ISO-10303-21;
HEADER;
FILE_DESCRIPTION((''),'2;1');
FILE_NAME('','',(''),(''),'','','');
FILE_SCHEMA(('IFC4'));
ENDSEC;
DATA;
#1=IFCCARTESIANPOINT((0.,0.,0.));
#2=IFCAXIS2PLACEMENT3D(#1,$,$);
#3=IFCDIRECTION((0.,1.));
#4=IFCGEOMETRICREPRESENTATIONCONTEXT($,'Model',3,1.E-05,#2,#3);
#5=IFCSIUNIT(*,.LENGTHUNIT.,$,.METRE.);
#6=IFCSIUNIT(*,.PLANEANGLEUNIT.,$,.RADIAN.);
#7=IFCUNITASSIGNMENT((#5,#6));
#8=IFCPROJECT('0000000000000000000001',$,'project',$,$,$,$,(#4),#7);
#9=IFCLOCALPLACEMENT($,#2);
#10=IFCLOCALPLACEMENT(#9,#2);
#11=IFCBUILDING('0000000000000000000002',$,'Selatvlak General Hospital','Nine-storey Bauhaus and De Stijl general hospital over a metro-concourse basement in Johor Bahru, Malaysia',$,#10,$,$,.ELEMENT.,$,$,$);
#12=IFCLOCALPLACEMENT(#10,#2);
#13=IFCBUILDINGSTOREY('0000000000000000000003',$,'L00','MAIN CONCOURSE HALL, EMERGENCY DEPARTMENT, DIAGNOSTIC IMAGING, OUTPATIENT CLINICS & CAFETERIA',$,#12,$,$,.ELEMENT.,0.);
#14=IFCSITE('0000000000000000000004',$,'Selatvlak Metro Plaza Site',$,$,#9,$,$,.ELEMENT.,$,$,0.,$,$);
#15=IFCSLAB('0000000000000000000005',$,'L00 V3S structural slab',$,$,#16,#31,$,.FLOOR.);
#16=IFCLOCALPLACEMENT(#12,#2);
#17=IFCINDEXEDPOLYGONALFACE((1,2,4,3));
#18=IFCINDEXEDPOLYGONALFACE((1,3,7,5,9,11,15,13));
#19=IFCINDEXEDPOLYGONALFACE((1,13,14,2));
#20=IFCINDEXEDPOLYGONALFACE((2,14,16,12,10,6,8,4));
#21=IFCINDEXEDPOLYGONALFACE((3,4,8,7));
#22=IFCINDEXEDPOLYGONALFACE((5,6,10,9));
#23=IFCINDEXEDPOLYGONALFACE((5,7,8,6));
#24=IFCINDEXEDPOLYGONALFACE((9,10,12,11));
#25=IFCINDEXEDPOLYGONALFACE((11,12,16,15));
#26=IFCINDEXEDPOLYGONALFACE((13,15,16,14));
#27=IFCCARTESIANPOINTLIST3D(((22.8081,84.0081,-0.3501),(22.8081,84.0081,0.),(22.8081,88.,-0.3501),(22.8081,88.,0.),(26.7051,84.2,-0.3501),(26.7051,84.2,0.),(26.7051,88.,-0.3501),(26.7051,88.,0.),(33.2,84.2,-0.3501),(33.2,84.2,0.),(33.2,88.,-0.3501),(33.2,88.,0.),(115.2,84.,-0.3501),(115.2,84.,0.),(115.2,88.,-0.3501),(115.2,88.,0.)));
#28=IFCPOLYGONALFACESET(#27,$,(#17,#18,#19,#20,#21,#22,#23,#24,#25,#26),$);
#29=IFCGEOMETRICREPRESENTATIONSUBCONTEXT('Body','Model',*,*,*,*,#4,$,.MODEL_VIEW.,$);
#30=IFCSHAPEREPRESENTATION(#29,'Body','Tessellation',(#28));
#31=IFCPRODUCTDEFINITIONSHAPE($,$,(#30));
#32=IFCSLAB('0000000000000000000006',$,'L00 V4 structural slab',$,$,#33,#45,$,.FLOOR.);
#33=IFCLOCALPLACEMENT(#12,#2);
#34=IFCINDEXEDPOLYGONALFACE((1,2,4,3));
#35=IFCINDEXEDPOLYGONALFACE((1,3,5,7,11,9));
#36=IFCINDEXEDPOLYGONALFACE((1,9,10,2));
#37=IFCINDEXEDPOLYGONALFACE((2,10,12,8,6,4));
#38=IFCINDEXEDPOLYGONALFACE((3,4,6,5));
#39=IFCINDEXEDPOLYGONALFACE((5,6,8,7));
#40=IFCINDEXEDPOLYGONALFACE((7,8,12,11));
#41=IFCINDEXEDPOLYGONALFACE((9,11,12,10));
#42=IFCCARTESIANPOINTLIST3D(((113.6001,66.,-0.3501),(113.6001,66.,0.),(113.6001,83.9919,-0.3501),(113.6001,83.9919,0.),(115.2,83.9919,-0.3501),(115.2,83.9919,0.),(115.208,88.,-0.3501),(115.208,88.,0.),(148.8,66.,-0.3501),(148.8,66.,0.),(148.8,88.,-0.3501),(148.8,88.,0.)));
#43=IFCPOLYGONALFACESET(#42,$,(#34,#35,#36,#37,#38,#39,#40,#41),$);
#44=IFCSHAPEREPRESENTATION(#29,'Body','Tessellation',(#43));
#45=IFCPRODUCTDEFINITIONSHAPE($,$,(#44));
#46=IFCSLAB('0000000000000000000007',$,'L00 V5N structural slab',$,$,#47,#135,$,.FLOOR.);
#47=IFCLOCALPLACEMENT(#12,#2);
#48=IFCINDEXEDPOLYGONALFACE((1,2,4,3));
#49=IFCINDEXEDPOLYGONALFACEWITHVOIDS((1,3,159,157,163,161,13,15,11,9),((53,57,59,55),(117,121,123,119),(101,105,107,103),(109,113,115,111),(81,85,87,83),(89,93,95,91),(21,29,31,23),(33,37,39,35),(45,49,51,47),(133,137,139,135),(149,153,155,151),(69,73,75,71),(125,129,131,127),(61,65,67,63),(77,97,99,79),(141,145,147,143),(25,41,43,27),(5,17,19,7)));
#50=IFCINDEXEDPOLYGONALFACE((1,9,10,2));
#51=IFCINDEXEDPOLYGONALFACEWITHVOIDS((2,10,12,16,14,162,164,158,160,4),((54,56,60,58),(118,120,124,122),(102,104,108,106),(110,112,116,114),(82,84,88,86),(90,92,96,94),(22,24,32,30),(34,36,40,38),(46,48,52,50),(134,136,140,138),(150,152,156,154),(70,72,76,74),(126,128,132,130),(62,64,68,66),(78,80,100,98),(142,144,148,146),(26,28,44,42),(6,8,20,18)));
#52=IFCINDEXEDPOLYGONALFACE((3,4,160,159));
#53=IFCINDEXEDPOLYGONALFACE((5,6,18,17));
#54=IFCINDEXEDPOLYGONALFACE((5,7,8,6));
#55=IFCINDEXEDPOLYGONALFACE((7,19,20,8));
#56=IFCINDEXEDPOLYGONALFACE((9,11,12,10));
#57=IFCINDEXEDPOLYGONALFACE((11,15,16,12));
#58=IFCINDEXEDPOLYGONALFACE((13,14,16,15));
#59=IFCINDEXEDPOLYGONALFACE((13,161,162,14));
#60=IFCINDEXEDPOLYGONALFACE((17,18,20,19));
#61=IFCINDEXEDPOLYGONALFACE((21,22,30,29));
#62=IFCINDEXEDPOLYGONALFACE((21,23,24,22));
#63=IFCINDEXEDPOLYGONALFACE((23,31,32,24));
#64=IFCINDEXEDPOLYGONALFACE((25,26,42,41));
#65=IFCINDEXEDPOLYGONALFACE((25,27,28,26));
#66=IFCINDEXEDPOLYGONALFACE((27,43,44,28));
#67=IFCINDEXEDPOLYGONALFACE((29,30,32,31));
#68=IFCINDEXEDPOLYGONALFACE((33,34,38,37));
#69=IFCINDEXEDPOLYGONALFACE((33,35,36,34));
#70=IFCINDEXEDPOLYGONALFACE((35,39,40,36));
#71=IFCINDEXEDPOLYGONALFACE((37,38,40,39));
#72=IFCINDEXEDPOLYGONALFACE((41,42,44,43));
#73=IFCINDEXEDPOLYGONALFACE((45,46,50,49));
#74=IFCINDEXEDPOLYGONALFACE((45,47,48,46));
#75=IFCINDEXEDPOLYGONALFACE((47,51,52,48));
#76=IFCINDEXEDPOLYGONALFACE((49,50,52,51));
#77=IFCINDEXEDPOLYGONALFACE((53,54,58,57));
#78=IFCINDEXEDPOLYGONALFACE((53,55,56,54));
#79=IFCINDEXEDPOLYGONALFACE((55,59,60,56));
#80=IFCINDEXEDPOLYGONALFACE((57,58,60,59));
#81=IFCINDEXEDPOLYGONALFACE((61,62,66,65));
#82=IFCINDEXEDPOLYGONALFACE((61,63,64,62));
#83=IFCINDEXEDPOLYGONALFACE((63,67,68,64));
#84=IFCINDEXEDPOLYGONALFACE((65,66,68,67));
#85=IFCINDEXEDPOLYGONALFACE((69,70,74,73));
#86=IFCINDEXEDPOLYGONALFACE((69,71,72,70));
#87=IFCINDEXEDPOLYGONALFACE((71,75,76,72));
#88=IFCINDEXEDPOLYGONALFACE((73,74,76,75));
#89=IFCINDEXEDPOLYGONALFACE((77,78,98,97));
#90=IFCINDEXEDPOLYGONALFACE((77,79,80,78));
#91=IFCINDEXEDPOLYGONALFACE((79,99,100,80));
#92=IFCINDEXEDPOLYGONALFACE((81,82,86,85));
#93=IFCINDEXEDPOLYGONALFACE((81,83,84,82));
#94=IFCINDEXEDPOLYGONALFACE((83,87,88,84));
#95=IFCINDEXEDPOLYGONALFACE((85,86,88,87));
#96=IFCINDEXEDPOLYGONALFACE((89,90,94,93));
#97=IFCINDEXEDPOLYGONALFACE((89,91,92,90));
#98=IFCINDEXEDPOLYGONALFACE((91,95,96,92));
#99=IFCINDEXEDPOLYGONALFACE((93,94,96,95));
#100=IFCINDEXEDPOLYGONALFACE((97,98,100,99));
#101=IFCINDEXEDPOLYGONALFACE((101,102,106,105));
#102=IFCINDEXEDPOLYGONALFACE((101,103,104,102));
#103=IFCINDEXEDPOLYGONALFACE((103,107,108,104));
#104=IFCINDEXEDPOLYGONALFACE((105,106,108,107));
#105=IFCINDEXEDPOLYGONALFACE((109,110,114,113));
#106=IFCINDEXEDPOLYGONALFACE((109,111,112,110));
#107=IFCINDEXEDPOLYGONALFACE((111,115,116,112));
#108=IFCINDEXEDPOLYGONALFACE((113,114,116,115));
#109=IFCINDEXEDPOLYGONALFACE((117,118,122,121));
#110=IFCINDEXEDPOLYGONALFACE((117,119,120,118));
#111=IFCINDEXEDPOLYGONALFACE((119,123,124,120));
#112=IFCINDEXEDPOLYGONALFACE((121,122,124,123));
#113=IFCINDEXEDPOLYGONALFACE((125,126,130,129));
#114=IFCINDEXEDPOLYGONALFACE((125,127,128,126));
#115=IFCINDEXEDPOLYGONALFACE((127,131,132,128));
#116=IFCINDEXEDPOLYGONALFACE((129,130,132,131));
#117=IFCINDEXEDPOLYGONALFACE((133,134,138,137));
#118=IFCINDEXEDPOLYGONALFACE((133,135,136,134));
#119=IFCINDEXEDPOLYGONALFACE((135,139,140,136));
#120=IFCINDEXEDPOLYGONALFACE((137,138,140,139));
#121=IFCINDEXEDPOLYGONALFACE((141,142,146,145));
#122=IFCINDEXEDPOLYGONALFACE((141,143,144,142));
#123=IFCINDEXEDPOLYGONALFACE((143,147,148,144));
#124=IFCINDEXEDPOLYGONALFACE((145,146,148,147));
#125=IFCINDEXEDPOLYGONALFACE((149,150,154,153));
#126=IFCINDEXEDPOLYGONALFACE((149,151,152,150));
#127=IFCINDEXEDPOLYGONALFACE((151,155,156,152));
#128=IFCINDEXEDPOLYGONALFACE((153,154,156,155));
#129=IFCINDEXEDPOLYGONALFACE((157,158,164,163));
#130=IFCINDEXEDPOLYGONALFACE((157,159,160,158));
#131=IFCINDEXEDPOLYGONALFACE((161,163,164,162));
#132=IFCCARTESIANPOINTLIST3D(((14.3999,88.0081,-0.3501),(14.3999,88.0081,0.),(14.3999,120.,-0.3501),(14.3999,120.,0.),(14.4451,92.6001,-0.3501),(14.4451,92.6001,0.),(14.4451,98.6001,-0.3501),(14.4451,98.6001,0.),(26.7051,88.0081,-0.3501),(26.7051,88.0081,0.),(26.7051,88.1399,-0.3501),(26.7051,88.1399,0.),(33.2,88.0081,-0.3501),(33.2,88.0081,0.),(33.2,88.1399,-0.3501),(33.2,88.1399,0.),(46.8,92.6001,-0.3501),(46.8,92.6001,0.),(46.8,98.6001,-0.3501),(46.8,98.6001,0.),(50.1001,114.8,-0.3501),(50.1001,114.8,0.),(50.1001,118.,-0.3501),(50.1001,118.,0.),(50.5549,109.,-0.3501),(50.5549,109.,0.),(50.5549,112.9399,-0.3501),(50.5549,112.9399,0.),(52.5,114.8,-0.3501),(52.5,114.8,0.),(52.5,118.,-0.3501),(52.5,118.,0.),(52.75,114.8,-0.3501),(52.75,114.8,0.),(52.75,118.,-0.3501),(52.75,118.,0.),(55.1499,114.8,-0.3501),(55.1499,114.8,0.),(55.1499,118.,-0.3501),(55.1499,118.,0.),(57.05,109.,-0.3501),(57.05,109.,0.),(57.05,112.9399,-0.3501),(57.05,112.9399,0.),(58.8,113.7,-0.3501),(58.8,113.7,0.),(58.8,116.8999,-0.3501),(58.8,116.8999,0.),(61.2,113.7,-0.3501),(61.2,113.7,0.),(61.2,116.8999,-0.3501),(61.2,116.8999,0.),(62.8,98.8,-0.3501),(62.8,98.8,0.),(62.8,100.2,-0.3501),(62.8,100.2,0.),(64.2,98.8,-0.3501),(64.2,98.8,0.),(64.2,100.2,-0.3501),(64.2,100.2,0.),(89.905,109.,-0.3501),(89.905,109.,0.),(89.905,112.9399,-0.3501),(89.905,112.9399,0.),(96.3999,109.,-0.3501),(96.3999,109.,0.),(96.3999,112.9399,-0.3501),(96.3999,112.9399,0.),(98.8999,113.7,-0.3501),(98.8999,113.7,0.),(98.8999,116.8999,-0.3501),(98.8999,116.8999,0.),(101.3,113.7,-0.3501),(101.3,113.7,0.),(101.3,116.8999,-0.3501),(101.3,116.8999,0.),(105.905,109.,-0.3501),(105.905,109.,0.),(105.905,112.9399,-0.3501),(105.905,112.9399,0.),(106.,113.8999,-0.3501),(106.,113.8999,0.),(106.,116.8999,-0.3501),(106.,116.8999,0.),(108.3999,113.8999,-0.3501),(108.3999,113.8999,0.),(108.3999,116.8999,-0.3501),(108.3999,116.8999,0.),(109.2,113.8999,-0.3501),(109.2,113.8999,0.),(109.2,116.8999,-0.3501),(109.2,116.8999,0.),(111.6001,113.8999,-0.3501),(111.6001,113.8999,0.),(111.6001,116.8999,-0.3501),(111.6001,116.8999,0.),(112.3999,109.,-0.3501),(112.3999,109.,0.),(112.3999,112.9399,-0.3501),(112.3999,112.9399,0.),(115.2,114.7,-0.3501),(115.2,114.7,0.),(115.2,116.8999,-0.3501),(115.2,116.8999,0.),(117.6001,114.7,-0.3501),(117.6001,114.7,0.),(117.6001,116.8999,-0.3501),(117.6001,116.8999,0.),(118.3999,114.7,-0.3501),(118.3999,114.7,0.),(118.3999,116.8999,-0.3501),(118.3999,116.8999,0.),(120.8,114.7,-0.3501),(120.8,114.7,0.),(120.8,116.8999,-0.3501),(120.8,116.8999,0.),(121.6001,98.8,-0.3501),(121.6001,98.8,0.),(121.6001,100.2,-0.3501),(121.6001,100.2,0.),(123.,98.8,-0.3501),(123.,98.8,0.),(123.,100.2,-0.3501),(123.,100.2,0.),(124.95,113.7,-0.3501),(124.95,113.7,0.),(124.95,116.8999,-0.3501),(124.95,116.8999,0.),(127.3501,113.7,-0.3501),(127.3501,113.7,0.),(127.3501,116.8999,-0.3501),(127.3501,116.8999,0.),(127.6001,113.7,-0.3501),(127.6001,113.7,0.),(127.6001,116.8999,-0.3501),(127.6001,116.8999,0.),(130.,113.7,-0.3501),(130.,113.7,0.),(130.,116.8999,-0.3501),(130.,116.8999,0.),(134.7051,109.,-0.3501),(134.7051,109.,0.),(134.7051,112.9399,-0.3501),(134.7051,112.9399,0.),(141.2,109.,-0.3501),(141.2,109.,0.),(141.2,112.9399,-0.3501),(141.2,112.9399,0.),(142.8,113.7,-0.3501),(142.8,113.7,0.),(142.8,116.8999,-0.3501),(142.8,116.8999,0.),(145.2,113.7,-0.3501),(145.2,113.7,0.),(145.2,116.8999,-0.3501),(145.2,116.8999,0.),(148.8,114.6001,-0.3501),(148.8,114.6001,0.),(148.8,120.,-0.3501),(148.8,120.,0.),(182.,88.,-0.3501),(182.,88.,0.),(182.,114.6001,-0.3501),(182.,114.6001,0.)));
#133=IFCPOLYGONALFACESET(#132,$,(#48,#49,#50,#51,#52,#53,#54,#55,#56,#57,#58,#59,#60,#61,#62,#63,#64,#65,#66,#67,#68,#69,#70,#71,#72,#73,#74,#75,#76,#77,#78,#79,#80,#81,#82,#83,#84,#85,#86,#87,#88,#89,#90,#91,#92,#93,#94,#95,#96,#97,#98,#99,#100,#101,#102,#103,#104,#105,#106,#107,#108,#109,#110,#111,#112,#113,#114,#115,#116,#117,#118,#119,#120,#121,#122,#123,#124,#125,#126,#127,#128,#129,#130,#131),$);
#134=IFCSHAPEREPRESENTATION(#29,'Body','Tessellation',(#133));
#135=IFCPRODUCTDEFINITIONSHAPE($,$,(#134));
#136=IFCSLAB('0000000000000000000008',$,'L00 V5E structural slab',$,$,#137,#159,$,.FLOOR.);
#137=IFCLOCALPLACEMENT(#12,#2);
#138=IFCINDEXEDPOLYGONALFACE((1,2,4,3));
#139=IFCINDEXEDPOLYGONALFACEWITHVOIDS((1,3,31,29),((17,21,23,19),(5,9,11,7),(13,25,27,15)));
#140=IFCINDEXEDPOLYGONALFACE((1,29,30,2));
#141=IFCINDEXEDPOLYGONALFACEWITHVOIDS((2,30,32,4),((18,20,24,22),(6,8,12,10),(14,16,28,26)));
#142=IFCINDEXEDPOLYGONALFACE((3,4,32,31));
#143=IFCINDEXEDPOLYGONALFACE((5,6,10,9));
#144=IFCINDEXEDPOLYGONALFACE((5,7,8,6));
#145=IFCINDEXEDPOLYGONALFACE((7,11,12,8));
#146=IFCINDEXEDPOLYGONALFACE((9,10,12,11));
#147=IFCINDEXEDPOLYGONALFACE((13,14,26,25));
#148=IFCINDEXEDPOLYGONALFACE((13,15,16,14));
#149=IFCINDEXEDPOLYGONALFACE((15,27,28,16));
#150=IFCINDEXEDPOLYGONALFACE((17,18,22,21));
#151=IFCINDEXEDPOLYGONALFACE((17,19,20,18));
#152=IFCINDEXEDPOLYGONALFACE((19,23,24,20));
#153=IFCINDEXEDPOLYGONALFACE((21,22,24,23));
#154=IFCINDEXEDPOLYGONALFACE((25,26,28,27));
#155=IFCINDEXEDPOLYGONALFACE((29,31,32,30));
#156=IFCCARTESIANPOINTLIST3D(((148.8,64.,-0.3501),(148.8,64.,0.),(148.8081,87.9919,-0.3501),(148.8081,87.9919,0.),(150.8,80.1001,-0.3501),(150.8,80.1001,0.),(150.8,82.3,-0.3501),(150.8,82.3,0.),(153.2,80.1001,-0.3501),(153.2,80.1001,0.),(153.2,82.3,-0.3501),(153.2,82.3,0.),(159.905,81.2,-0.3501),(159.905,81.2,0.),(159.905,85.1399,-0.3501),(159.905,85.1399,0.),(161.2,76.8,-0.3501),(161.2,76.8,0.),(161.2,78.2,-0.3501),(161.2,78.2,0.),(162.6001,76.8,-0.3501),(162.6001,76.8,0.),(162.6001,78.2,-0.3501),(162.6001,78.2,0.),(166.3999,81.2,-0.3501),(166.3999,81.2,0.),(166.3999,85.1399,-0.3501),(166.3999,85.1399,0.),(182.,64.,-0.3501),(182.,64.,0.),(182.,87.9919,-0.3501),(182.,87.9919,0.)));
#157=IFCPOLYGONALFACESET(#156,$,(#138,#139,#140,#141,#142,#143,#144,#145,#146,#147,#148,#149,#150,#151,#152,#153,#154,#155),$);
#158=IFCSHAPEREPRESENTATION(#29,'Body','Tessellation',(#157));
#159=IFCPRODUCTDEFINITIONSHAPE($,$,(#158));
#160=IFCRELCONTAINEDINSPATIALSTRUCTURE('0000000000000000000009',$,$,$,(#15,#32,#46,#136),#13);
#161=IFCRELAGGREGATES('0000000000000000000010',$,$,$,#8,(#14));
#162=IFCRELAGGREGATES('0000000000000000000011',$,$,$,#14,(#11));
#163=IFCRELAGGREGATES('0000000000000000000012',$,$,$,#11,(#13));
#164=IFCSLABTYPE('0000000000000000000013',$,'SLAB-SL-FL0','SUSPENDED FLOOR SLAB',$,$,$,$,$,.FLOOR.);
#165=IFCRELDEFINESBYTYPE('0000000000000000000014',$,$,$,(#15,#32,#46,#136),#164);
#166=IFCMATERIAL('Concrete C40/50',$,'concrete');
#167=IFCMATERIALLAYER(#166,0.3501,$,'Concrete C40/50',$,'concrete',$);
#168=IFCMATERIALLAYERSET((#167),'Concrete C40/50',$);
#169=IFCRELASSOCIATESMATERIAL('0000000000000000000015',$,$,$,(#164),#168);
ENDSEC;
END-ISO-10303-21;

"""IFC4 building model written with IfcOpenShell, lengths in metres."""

from ifc_helpers import new_model, si_unit, direction, frame, origin, place, context, subcontext, project, spatial, polyline, outline, extrude, material, layer, layer_set, type_object, element, save


model = new_model("IFC4")

# Units and contexts
model_context = context("Model", 3, precision=1e-05, world=origin(), true_north=direction((0.0, 1.0)))
body_context = subcontext(model_context, "Body", "Model", "MODEL_VIEW")
ifc_project = project(units=[si_unit("LENGTHUNIT", "METRE"), si_unit("PLANEANGLEUNIT", "RADIAN")], contexts=[model_context])

# Site, building, storey
site_placement = place(None, origin())
site = spatial("IfcSite", under=ifc_project, at=site_placement, Name="Selatvlak Metro Plaza Site", CompositionType="ELEMENT", RefElevation=0.0)
building_placement = place(site_placement, origin())
building = spatial("IfcBuilding", under=site, at=building_placement, Name="Selatvlak General Hospital", Description="Nine-storey Bauhaus and De Stijl general hospital over a metro-concourse basement in Johor Bahru, Malaysia", CompositionType="ELEMENT")
storey_placement = place(building_placement, origin())
storey = spatial("IfcBuildingStorey", under=building, at=storey_placement, Name="L00", Description="MAIN CONCOURSE HALL, EMERGENCY DEPARTMENT, DIAGNOSTIC IMAGING, OUTPATIENT CLINICS & CAFETERIA", CompositionType="ELEMENT", Elevation=0.0)

# Shared definitions
ifc_material_1 = material(Name="Concrete C40/50", Category="concrete")

# Slabs
ifc_layer_1 = layer(ifc_material_1, 0.3501, Name="Concrete C40/50", Category="concrete")
ifc_layer_set_1 = layer_set([ifc_layer_1], Name="Concrete C40/50")
slab_type_1 = type_object("IfcSlabType", Name="SLAB-SL-FL0", Description="SUSPENDED FLOOR SLAB", PredefinedType="FLOOR", material=ifc_layer_set_1)
slab_1_placement = place(storey_placement, frame((0.0, 0.0, -0.3501)))
element("IfcSlab", 1, at=slab_1_placement, inside=storey, type_object=slab_type_1, Name="L00 V3S structural slab", PredefinedType="FLOOR", context=body_context, shape_type="SweptSolid", body=[
    extrude(outline(polyline([(115.2, 84.0), (22.8081, 84.0081), (22.8081, 88.0), (26.7051, 88.0), (26.7051, 84.2), (33.2, 84.2), (33.2, 88.0), (115.2, 88.0), (115.2, 84.0)])), origin(), (0.0, 0.0, 1.0), 0.3501),
])
slab_2_placement = place(storey_placement, frame((0.0, 0.0, -0.3501)))
element("IfcSlab", 2, at=slab_2_placement, inside=storey, type_object=slab_type_1, Name="L00 V4 structural slab", PredefinedType="FLOOR", context=body_context, shape_type="SweptSolid", body=[
    extrude(outline(polyline([(113.6001, 83.9919), (115.2, 83.9919), (115.208, 88.0), (148.8, 88.0), (148.8, 66.0), (113.6001, 66.0), (113.6001, 83.9919)])), origin(), (0.0, 0.0, 1.0), 0.3501),
])
slab_3_placement = place(storey_placement, frame((0.0, 0.0, -0.3501)))
element("IfcSlab", 3, at=slab_3_placement, inside=storey, type_object=slab_type_1, Name="L00 V5N structural slab", PredefinedType="FLOOR", context=body_context, shape_type="SweptSolid", body=[
    extrude(outline(polyline([(33.2, 88.0081), (33.2, 88.1399), (26.7051, 88.1399), (26.7051, 88.0081), (14.3999, 88.0081), (14.3999, 120.0), (148.8, 120.0), (148.8, 114.6001), (182.0, 114.6001), (182.0, 88.0), (33.2, 88.0081)]), holes=[polyline([(50.5549, 112.9399), (50.5549, 109.0), (57.05, 109.0), (57.05, 112.9399), (50.5549, 112.9399)]), polyline([(96.3999, 112.9399), (89.905, 112.9399), (89.905, 109.0), (96.3999, 109.0), (96.3999, 112.9399)]), polyline([(112.3999, 109.0), (112.3999, 112.9399), (105.905, 112.9399), (105.905, 109.0), (112.3999, 109.0)]), polyline([(134.7051, 109.0), (141.2, 109.0), (141.2, 112.9399), (134.7051, 112.9399), (134.7051, 109.0)]), polyline([(58.8, 116.8999), (58.8, 113.7), (61.2, 113.7), (61.2, 116.8999), (58.8, 116.8999)]), polyline([(101.3, 116.8999), (98.8999, 116.8999), (98.8999, 113.7), (101.3, 113.7), (101.3, 116.8999)]), polyline([(145.2, 113.7), (145.2, 116.8999), (142.8, 116.8999), (142.8, 113.7), (145.2, 113.7)]), polyline([(50.1001, 114.8), (52.5, 114.8), (52.5, 118.0), (50.1001, 118.0), (50.1001, 114.8)]), polyline([(52.75, 118.0), (52.75, 114.8), (55.1499, 114.8), (55.1499, 118.0), (52.75, 118.0)]), polyline([(127.3501, 116.8999), (124.95, 116.8999), (124.95, 113.7), (127.3501, 113.7), (127.3501, 116.8999)]), polyline([(130.0, 113.7), (130.0, 116.8999), (127.6001, 116.8999), (127.6001, 113.7), (130.0, 113.7)]), polyline([(115.2, 114.7), (117.6001, 114.7), (117.6001, 116.8999), (115.2, 116.8999), (115.2, 114.7)]), polyline([(118.3999, 116.8999), (118.3999, 114.7), (120.8, 114.7), (120.8, 116.8999), (118.3999, 116.8999)]), polyline([(108.3999, 116.8999), (106.0, 116.8999), (106.0, 113.8999), (108.3999, 113.8999), (108.3999, 116.8999)]), polyline([(111.6001, 113.8999), (111.6001, 116.8999), (109.2, 116.8999), (109.2, 113.8999), (111.6001, 113.8999)]), polyline([(62.8, 98.8), (64.2, 98.8), (64.2, 100.2), (62.8, 100.2), (62.8, 98.8)]), polyline([(121.6001, 100.2), (121.6001, 98.8), (123.0, 98.8), (123.0, 100.2), (121.6001, 100.2)]), polyline([(46.8, 92.6001), (46.8, 98.6001), (14.4451, 98.6001), (14.4451, 92.6001), (46.8, 92.6001)])]), origin(), (0.0, 0.0, 1.0), 0.3501),
])
slab_4_placement = place(storey_placement, frame((0.0, 0.0, -0.3501)))
element("IfcSlab", 4, at=slab_4_placement, inside=storey, type_object=slab_type_1, Name="L00 V5E structural slab", PredefinedType="FLOOR", context=body_context, shape_type="SweptSolid", body=[
    extrude(outline(polyline([(148.8081, 87.9919), (182.0, 87.9919), (182.0, 64.0), (148.8, 64.0), (148.8081, 87.9919)]), holes=[polyline([(159.905, 85.1399), (159.905, 81.2), (166.3999, 81.2), (166.3999, 85.1399), (159.905, 85.1399)]), polyline([(150.8, 82.3), (150.8, 80.1001), (153.2, 80.1001), (153.2, 82.3), (150.8, 82.3)]), polyline([(162.6001, 78.2), (161.2, 78.2), (161.2, 76.8), (162.6001, 76.8), (162.6001, 78.2)])]), origin(), (0.0, 0.0, 1.0), 0.3501),
])

save(model, "model.ifc")
